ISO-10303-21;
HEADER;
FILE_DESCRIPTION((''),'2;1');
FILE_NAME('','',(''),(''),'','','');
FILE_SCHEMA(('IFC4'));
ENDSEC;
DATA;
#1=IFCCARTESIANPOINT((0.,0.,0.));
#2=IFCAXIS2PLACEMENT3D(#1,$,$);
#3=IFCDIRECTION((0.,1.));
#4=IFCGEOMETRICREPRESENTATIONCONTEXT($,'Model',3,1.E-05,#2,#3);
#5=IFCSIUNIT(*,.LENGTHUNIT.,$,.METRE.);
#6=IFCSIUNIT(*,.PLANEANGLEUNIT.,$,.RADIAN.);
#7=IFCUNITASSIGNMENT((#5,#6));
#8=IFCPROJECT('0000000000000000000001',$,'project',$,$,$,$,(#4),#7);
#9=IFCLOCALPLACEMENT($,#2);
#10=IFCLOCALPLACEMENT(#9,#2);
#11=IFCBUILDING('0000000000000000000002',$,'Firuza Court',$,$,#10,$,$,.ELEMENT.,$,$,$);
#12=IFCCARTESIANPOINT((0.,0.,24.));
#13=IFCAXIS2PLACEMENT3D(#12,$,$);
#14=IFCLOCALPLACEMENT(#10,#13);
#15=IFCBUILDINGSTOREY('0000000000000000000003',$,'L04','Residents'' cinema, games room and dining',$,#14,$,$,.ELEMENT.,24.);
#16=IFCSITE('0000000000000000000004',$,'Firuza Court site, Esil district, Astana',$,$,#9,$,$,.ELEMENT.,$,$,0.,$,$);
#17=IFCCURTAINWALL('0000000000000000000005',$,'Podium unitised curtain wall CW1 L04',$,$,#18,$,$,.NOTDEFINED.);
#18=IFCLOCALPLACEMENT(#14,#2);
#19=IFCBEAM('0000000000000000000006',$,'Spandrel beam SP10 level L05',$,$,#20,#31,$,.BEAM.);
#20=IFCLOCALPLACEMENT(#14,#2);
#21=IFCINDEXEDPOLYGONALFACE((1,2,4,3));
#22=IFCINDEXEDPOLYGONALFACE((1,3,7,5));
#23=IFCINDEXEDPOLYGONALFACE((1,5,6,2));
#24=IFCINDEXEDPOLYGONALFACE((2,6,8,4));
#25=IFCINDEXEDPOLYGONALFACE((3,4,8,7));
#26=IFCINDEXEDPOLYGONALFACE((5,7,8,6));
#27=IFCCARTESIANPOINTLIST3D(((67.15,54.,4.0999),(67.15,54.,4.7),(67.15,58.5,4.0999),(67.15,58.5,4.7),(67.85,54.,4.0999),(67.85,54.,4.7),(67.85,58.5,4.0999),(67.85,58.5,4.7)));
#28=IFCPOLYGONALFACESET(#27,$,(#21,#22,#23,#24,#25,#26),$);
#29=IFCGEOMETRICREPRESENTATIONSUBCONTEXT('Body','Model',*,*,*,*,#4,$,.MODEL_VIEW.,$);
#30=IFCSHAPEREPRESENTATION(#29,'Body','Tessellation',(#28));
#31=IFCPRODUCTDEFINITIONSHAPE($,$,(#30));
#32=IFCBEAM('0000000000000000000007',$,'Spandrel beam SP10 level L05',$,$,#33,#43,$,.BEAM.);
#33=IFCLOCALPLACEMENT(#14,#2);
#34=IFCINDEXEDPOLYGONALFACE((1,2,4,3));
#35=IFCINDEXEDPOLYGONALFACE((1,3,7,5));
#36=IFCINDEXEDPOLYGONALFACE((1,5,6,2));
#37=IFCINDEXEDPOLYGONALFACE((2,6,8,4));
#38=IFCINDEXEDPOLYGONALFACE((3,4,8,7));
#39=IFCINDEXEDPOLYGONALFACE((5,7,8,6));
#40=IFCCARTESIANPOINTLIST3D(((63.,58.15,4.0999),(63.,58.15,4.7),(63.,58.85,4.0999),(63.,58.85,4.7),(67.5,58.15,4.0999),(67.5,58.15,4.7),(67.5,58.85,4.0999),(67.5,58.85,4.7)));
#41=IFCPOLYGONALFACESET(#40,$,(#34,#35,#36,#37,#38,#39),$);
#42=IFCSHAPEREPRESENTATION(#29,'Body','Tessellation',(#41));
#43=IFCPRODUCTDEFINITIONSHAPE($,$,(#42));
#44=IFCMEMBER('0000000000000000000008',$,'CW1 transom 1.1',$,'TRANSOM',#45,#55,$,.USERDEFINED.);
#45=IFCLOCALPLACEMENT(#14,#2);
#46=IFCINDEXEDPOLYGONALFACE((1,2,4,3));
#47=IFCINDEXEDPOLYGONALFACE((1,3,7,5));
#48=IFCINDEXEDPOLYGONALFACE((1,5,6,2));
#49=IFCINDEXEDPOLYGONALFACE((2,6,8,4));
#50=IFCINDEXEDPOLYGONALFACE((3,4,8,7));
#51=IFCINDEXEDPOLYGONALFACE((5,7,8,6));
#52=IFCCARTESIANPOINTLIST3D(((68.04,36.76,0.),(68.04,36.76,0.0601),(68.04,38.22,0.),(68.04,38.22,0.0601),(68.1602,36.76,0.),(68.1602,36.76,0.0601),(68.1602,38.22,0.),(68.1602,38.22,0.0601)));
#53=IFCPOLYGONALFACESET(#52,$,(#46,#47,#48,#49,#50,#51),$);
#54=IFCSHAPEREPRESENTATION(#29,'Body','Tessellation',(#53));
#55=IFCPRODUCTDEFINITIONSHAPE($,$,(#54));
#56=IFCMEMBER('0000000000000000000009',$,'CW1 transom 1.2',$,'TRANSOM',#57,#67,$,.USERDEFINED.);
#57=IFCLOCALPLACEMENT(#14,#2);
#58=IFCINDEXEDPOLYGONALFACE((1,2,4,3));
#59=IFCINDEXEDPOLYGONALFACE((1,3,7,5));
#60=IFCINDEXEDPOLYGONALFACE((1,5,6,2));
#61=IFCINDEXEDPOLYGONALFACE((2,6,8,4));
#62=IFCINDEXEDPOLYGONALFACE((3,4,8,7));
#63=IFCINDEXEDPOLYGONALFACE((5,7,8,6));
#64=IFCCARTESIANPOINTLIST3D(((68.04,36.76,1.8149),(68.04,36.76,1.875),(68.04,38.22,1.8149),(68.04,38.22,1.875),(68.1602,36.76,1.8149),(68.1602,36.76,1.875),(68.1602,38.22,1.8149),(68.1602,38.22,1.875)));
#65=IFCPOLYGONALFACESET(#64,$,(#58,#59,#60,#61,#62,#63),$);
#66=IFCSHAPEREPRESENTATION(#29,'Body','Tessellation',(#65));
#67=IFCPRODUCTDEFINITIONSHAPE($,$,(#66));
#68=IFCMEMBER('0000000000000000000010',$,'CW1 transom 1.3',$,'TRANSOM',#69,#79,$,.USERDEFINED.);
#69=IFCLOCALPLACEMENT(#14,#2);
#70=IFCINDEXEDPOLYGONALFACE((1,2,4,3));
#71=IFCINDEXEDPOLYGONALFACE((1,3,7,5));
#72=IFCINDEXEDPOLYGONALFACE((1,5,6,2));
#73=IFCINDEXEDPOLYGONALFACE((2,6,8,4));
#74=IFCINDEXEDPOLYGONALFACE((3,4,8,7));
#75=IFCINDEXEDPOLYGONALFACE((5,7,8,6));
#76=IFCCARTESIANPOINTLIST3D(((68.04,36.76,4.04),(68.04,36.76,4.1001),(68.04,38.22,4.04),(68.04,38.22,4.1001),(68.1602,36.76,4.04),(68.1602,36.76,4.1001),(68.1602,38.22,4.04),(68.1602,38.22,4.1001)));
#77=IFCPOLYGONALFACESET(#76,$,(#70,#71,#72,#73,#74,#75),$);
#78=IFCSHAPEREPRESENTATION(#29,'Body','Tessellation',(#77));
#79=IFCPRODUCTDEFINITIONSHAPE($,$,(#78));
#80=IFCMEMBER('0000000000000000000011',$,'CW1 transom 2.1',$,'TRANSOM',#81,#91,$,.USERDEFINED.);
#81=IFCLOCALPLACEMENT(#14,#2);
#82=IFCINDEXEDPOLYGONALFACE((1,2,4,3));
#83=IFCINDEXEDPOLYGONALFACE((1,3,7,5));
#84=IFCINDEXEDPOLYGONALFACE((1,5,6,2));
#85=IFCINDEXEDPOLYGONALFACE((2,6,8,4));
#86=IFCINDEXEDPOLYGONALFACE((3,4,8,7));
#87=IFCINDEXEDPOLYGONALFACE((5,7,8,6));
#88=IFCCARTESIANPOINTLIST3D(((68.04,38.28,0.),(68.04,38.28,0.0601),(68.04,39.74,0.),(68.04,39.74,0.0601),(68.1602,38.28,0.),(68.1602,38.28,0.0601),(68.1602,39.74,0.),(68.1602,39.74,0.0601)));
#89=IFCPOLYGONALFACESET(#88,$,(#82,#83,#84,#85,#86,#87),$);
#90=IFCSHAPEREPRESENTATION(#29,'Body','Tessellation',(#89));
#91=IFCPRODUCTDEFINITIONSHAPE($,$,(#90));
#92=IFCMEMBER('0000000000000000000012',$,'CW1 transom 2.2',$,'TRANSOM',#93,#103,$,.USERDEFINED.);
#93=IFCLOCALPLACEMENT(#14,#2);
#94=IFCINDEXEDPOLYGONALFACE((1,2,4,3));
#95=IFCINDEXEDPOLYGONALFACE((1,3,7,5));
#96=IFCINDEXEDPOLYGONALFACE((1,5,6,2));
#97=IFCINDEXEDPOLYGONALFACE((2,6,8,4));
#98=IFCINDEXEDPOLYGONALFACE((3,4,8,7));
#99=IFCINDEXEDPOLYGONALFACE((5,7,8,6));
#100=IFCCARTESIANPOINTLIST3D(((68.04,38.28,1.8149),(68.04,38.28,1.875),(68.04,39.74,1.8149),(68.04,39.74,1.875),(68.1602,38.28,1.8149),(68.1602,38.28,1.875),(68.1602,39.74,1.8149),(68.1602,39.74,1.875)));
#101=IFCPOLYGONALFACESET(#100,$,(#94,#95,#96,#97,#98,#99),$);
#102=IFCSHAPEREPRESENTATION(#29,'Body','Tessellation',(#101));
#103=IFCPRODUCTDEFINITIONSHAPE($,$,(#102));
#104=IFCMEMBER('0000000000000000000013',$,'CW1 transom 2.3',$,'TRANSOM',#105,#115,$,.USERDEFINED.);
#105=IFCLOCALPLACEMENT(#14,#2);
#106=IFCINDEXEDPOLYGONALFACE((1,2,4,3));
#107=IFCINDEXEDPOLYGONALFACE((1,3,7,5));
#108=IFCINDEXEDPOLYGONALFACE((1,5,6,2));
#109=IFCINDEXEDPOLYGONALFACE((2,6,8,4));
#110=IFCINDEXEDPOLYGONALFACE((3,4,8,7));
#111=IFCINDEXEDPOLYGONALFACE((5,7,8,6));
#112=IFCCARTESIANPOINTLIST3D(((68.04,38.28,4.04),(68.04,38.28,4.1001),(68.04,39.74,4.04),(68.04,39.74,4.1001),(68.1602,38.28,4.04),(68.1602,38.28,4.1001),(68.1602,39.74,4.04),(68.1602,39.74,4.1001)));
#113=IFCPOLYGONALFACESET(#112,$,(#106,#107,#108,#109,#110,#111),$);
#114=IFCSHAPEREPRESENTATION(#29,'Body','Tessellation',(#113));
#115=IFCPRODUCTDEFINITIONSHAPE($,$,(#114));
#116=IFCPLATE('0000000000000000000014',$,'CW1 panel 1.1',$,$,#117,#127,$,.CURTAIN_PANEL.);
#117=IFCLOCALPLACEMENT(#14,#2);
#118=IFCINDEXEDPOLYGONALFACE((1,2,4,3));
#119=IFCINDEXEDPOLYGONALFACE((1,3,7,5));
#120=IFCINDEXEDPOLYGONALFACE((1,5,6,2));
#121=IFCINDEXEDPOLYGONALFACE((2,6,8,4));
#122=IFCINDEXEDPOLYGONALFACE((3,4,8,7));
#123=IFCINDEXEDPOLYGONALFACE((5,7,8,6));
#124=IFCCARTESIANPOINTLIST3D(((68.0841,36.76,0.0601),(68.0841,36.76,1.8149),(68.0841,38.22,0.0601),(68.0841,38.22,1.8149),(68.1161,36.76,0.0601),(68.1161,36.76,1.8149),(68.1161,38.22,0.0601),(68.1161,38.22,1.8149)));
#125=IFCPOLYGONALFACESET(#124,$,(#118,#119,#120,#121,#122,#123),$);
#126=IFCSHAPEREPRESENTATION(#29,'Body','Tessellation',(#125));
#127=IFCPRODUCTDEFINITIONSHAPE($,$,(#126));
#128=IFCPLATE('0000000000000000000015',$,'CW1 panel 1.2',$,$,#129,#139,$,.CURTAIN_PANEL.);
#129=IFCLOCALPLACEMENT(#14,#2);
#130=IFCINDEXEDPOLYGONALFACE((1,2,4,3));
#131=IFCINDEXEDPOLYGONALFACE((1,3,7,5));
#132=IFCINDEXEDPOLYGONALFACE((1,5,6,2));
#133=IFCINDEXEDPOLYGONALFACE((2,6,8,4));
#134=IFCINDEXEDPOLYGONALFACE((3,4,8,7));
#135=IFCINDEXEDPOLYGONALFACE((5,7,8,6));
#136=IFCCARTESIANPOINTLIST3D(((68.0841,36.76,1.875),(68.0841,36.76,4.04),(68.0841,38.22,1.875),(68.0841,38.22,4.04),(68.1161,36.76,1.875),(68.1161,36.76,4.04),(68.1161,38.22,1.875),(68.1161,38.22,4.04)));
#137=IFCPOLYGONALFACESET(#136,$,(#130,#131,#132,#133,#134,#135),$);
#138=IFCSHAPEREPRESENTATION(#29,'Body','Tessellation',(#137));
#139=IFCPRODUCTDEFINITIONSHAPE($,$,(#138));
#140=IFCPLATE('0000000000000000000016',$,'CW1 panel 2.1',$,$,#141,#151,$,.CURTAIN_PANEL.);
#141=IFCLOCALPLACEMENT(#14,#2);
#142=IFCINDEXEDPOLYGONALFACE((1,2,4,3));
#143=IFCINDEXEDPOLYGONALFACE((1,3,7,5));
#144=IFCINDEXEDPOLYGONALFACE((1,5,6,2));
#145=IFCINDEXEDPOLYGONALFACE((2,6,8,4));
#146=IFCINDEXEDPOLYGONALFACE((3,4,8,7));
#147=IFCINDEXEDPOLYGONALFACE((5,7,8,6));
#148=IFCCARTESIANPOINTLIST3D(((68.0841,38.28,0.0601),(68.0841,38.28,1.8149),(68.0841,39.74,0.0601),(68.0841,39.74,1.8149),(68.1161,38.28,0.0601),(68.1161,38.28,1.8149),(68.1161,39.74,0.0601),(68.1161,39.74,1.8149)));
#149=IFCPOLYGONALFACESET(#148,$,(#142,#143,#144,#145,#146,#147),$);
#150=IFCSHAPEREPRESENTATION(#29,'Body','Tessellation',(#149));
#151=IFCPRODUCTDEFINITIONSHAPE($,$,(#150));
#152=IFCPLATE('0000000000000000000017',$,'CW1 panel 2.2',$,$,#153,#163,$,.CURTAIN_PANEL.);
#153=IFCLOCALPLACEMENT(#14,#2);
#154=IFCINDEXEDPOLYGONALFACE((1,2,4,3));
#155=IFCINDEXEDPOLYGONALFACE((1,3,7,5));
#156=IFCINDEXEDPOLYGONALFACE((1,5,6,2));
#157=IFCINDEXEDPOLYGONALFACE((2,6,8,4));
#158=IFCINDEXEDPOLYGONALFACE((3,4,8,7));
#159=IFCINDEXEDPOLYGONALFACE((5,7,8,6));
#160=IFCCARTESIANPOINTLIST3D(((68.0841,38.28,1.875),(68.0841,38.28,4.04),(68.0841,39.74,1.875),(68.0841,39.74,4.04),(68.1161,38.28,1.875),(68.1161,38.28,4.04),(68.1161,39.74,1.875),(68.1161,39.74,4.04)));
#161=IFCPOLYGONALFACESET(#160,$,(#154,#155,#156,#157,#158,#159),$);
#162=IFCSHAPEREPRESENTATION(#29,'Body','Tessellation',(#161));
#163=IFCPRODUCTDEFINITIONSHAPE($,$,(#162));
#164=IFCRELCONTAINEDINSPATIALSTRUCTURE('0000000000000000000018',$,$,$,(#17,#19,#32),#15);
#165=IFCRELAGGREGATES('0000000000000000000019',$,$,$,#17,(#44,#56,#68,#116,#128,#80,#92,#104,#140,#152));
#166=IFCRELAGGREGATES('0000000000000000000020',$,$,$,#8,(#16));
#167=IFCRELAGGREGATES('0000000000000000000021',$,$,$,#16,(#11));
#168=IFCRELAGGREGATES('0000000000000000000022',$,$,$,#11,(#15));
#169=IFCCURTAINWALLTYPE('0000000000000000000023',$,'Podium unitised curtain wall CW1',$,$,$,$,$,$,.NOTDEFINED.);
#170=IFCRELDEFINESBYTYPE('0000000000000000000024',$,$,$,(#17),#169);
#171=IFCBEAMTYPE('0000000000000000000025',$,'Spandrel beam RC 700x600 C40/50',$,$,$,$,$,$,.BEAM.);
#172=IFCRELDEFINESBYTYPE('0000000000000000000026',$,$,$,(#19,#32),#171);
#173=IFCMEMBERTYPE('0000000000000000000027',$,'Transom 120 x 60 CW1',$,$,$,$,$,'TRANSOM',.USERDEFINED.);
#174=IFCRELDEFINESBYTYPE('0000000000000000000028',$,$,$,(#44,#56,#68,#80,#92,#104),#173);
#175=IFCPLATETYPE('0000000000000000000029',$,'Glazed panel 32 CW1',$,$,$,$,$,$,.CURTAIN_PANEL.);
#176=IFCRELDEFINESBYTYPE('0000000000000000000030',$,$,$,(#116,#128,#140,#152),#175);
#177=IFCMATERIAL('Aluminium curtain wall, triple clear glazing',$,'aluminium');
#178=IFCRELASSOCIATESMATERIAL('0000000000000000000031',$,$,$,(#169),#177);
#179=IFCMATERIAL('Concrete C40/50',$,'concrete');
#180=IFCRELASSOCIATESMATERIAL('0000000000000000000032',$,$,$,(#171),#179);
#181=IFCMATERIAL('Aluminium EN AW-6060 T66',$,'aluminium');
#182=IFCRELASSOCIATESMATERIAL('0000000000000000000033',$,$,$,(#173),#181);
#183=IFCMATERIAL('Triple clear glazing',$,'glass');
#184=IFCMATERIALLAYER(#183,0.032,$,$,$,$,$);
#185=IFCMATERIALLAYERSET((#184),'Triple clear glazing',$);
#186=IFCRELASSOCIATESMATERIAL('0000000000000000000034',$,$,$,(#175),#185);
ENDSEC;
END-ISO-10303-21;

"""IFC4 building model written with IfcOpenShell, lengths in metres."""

from ifc_helpers import new_model, si_unit, direction, frame, origin, origin_2d, place, context, subcontext, project, spatial, rectangle, extrude, material, layer, layer_set, material_profile, profile_set, type_object, element, aggregate, save


model = new_model("IFC4")

# Units and contexts
model_context = context("Model", 3, precision=1e-05, world=origin(), true_north=direction((0.0, 1.0)))
body_context = subcontext(model_context, "Body", "Model", "MODEL_VIEW")
ifc_project = project(units=[si_unit("LENGTHUNIT", "METRE"), si_unit("PLANEANGLEUNIT", "RADIAN")], contexts=[model_context])

# Site, building, storey
site_placement = place(None, origin())
site = spatial("IfcSite", under=ifc_project, at=site_placement, Name="Firuza Court site, Esil district, Astana", CompositionType="ELEMENT", RefElevation=0.0)
building_placement = place(site_placement, origin())
building = spatial("IfcBuilding", under=site, at=building_placement, Name="Firuza Court", CompositionType="ELEMENT")
storey_placement = place(building_placement, frame((0.0, 0.0, 24.0)))
storey = spatial("IfcBuildingStorey", under=building, at=storey_placement, Name="L04", Description="Residents' cinema, games room and dining", CompositionType="ELEMENT", Elevation=24.0)

# Curtain wall
ifc_material_1 = material(Name="Aluminium curtain wall, triple clear glazing", Category="aluminium")
curtain_wall_type = type_object("IfcCurtainWallType", Name="Podium unitised curtain wall CW1", PredefinedType="NOTDEFINED", material=ifc_material_1)
curtain_wall_placement = place(storey_placement, origin())
curtain_wall = element("IfcCurtainWall", 1, at=curtain_wall_placement, inside=storey, type_object=curtain_wall_type, Name="Podium unitised curtain wall CW1 L04", PredefinedType="NOTDEFINED")

# Beams
ifc_material_2 = material(Name="Concrete C40/50", Category="concrete")
ifc_material_profile_1 = material_profile(ifc_material_2, rectangle(XDim=0.7, YDim=0.6001, at=origin_2d()), Name="RC 700x600")
ifc_profile_set_1 = profile_set([ifc_material_profile_1], Name="Concrete C40/50")
beam_type_1 = type_object("IfcBeamType", Name="Spandrel beam RC 700x600 C40/50", PredefinedType="BEAM", material=ifc_profile_set_1)
for number, where, z_axis, x_axis, name in (
    (2, (67.5, 54.0, 4.3999), (0.0, 1.0, 0.0), (-1.0, 0.0, 0.0), "Spandrel beam SP10 level L05"),
    (3, (67.5, 58.5, 4.3999), (-1.0, 0.0, 0.0), (0.0, -1.0, 0.0), "Spandrel beam SP10 level L05"),
):
    element("IfcBeam", number, at=place(storey_placement, frame(where, z_axis=z_axis, x_axis=x_axis)), inside=storey, type_object=beam_type_1, Name=name, PredefinedType="BEAM", context=body_context, shape_type="SweptSolid", body=[
        extrude(rectangle(XDim=0.7, YDim=0.6001, at=origin_2d()), origin(), (0.0, 0.0, 1.0), 4.5),
    ])

# Members
ifc_material_3 = material(Name="Aluminium EN AW-6060 T66", Category="aluminium")
ifc_material_profile_2 = material_profile(ifc_material_3, rectangle(XDim=0.1201, YDim=0.0601, at=origin_2d()), Name="Transom 120 x 60 CW1")
ifc_profile_set_2 = profile_set([ifc_material_profile_2], Name="Aluminium EN AW-6060 T66")
member_type_1 = type_object("IfcMemberType", Name="Transom 120 x 60 CW1", ElementType="TRANSOM", PredefinedType="USERDEFINED", material=ifc_profile_set_2)
member_1_placement = place(storey_placement, frame((68.1001, 36.76, 0.03), z_axis=(0.0, 1.0, 0.0), x_axis=(-1.0, 0.0, 0.0)))
member_1 = element("IfcMember", 4, at=member_1_placement, type_object=member_type_1, Name="CW1 transom 1.1", ObjectType="TRANSOM", PredefinedType="USERDEFINED", context=body_context, shape_type="SweptSolid", body=[
    extrude(rectangle(XDim=0.1201, YDim=0.0601, at=origin_2d()), origin(), (0.0, 0.0, 1.0), 1.46),
])
member_2_placement = place(storey_placement, frame((68.1001, 36.76, 1.845), z_axis=(0.0, 1.0, 0.0), x_axis=(-1.0, 0.0, 0.0)))
member_2 = element("IfcMember", 5, at=member_2_placement, type_object=member_type_1, Name="CW1 transom 1.2", ObjectType="TRANSOM", PredefinedType="USERDEFINED", context=body_context, shape_type="SweptSolid", body=[
    extrude(rectangle(XDim=0.1201, YDim=0.0601, at=origin_2d()), origin(), (0.0, 0.0, 1.0), 1.46),
])
member_3_placement = place(storey_placement, frame((68.1001, 36.76, 4.0701), z_axis=(0.0, 1.0, 0.0), x_axis=(-1.0, 0.0, 0.0)))
member_3 = element("IfcMember", 6, at=member_3_placement, type_object=member_type_1, Name="CW1 transom 1.3", ObjectType="TRANSOM", PredefinedType="USERDEFINED", context=body_context, shape_type="SweptSolid", body=[
    extrude(rectangle(XDim=0.1201, YDim=0.0601, at=origin_2d()), origin(), (0.0, 0.0, 1.0), 1.46),
])
member_4_placement = place(storey_placement, frame((68.1001, 38.28, 0.03), z_axis=(0.0, 1.0, 0.0), x_axis=(-1.0, 0.0, 0.0)))
member_4 = element("IfcMember", 7, at=member_4_placement, type_object=member_type_1, Name="CW1 transom 2.1", ObjectType="TRANSOM", PredefinedType="USERDEFINED", context=body_context, shape_type="SweptSolid", body=[
    extrude(rectangle(XDim=0.1201, YDim=0.0601, at=origin_2d()), origin(), (0.0, 0.0, 1.0), 1.46),
])
member_5_placement = place(storey_placement, frame((68.1001, 38.28, 1.845), z_axis=(0.0, 1.0, 0.0), x_axis=(-1.0, 0.0, 0.0)))
member_5 = element("IfcMember", 8, at=member_5_placement, type_object=member_type_1, Name="CW1 transom 2.2", ObjectType="TRANSOM", PredefinedType="USERDEFINED", context=body_context, shape_type="SweptSolid", body=[
    extrude(rectangle(XDim=0.1201, YDim=0.0601, at=origin_2d()), origin(), (0.0, 0.0, 1.0), 1.46),
])
member_6_placement = place(storey_placement, frame((68.1001, 38.28, 4.0701), z_axis=(0.0, 1.0, 0.0), x_axis=(-1.0, 0.0, 0.0)))
member_6 = element("IfcMember", 9, at=member_6_placement, type_object=member_type_1, Name="CW1 transom 2.3", ObjectType="TRANSOM", PredefinedType="USERDEFINED", context=body_context, shape_type="SweptSolid", body=[
    extrude(rectangle(XDim=0.1201, YDim=0.0601, at=origin_2d()), origin(), (0.0, 0.0, 1.0), 1.46),
])

# Plates
ifc_material_4 = material(Name="Triple clear glazing", Category="glass")
ifc_layer_1 = layer(ifc_material_4, 0.032)
ifc_layer_set_1 = layer_set([ifc_layer_1], Name="Triple clear glazing")
plate_type = type_object("IfcPlateType", Name="Glazed panel 32 CW1", PredefinedType="CURTAIN_PANEL", material=ifc_layer_set_1)
plate_1_placement = place(storey_placement, frame((68.1001, 37.49, 0.0601), z_axis=(0.0, 0.0, 1.0), x_axis=(0.0, 1.0, 0.0)))
plate_1 = element("IfcPlate", 10, at=plate_1_placement, type_object=plate_type, Name="CW1 panel 1.1", PredefinedType="CURTAIN_PANEL", context=body_context, shape_type="SweptSolid", body=[
    extrude(rectangle(XDim=1.46, YDim=0.032, at=origin_2d()), origin(), (0.0, 0.0, 1.0), 1.7549),
])
plate_2_placement = place(storey_placement, frame((68.1001, 37.49, 1.875), z_axis=(0.0, 0.0, 1.0), x_axis=(0.0, 1.0, 0.0)))
plate_2 = element("IfcPlate", 11, at=plate_2_placement, type_object=plate_type, Name="CW1 panel 1.2", PredefinedType="CURTAIN_PANEL", context=body_context, shape_type="SweptSolid", body=[
    extrude(rectangle(XDim=1.46, YDim=0.032, at=origin_2d()), origin(), (0.0, 0.0, 1.0), 2.165),
])
plate_3_placement = place(storey_placement, frame((68.1001, 39.01, 0.0601), z_axis=(0.0, 0.0, 1.0), x_axis=(0.0, 1.0, 0.0)))
plate_3 = element("IfcPlate", 12, at=plate_3_placement, type_object=plate_type, Name="CW1 panel 2.1", PredefinedType="CURTAIN_PANEL", context=body_context, shape_type="SweptSolid", body=[
    extrude(rectangle(XDim=1.46, YDim=0.032, at=origin_2d()), origin(), (0.0, 0.0, 1.0), 1.7549),
])
plate_4_placement = place(storey_placement, frame((68.1001, 39.01, 1.875), z_axis=(0.0, 0.0, 1.0), x_axis=(0.0, 1.0, 0.0)))
plate_4 = element("IfcPlate", 13, at=plate_4_placement, type_object=plate_type, Name="CW1 panel 2.2", PredefinedType="CURTAIN_PANEL", context=body_context, shape_type="SweptSolid", body=[
    extrude(rectangle(XDim=1.46, YDim=0.032, at=origin_2d()), origin(), (0.0, 0.0, 1.0), 2.165),
])
aggregate(curtain_wall, [member_1, member_2, member_3, plate_1, plate_2, member_4, member_5, member_6, plate_3, plate_4])

save(model, "model.ifc")
